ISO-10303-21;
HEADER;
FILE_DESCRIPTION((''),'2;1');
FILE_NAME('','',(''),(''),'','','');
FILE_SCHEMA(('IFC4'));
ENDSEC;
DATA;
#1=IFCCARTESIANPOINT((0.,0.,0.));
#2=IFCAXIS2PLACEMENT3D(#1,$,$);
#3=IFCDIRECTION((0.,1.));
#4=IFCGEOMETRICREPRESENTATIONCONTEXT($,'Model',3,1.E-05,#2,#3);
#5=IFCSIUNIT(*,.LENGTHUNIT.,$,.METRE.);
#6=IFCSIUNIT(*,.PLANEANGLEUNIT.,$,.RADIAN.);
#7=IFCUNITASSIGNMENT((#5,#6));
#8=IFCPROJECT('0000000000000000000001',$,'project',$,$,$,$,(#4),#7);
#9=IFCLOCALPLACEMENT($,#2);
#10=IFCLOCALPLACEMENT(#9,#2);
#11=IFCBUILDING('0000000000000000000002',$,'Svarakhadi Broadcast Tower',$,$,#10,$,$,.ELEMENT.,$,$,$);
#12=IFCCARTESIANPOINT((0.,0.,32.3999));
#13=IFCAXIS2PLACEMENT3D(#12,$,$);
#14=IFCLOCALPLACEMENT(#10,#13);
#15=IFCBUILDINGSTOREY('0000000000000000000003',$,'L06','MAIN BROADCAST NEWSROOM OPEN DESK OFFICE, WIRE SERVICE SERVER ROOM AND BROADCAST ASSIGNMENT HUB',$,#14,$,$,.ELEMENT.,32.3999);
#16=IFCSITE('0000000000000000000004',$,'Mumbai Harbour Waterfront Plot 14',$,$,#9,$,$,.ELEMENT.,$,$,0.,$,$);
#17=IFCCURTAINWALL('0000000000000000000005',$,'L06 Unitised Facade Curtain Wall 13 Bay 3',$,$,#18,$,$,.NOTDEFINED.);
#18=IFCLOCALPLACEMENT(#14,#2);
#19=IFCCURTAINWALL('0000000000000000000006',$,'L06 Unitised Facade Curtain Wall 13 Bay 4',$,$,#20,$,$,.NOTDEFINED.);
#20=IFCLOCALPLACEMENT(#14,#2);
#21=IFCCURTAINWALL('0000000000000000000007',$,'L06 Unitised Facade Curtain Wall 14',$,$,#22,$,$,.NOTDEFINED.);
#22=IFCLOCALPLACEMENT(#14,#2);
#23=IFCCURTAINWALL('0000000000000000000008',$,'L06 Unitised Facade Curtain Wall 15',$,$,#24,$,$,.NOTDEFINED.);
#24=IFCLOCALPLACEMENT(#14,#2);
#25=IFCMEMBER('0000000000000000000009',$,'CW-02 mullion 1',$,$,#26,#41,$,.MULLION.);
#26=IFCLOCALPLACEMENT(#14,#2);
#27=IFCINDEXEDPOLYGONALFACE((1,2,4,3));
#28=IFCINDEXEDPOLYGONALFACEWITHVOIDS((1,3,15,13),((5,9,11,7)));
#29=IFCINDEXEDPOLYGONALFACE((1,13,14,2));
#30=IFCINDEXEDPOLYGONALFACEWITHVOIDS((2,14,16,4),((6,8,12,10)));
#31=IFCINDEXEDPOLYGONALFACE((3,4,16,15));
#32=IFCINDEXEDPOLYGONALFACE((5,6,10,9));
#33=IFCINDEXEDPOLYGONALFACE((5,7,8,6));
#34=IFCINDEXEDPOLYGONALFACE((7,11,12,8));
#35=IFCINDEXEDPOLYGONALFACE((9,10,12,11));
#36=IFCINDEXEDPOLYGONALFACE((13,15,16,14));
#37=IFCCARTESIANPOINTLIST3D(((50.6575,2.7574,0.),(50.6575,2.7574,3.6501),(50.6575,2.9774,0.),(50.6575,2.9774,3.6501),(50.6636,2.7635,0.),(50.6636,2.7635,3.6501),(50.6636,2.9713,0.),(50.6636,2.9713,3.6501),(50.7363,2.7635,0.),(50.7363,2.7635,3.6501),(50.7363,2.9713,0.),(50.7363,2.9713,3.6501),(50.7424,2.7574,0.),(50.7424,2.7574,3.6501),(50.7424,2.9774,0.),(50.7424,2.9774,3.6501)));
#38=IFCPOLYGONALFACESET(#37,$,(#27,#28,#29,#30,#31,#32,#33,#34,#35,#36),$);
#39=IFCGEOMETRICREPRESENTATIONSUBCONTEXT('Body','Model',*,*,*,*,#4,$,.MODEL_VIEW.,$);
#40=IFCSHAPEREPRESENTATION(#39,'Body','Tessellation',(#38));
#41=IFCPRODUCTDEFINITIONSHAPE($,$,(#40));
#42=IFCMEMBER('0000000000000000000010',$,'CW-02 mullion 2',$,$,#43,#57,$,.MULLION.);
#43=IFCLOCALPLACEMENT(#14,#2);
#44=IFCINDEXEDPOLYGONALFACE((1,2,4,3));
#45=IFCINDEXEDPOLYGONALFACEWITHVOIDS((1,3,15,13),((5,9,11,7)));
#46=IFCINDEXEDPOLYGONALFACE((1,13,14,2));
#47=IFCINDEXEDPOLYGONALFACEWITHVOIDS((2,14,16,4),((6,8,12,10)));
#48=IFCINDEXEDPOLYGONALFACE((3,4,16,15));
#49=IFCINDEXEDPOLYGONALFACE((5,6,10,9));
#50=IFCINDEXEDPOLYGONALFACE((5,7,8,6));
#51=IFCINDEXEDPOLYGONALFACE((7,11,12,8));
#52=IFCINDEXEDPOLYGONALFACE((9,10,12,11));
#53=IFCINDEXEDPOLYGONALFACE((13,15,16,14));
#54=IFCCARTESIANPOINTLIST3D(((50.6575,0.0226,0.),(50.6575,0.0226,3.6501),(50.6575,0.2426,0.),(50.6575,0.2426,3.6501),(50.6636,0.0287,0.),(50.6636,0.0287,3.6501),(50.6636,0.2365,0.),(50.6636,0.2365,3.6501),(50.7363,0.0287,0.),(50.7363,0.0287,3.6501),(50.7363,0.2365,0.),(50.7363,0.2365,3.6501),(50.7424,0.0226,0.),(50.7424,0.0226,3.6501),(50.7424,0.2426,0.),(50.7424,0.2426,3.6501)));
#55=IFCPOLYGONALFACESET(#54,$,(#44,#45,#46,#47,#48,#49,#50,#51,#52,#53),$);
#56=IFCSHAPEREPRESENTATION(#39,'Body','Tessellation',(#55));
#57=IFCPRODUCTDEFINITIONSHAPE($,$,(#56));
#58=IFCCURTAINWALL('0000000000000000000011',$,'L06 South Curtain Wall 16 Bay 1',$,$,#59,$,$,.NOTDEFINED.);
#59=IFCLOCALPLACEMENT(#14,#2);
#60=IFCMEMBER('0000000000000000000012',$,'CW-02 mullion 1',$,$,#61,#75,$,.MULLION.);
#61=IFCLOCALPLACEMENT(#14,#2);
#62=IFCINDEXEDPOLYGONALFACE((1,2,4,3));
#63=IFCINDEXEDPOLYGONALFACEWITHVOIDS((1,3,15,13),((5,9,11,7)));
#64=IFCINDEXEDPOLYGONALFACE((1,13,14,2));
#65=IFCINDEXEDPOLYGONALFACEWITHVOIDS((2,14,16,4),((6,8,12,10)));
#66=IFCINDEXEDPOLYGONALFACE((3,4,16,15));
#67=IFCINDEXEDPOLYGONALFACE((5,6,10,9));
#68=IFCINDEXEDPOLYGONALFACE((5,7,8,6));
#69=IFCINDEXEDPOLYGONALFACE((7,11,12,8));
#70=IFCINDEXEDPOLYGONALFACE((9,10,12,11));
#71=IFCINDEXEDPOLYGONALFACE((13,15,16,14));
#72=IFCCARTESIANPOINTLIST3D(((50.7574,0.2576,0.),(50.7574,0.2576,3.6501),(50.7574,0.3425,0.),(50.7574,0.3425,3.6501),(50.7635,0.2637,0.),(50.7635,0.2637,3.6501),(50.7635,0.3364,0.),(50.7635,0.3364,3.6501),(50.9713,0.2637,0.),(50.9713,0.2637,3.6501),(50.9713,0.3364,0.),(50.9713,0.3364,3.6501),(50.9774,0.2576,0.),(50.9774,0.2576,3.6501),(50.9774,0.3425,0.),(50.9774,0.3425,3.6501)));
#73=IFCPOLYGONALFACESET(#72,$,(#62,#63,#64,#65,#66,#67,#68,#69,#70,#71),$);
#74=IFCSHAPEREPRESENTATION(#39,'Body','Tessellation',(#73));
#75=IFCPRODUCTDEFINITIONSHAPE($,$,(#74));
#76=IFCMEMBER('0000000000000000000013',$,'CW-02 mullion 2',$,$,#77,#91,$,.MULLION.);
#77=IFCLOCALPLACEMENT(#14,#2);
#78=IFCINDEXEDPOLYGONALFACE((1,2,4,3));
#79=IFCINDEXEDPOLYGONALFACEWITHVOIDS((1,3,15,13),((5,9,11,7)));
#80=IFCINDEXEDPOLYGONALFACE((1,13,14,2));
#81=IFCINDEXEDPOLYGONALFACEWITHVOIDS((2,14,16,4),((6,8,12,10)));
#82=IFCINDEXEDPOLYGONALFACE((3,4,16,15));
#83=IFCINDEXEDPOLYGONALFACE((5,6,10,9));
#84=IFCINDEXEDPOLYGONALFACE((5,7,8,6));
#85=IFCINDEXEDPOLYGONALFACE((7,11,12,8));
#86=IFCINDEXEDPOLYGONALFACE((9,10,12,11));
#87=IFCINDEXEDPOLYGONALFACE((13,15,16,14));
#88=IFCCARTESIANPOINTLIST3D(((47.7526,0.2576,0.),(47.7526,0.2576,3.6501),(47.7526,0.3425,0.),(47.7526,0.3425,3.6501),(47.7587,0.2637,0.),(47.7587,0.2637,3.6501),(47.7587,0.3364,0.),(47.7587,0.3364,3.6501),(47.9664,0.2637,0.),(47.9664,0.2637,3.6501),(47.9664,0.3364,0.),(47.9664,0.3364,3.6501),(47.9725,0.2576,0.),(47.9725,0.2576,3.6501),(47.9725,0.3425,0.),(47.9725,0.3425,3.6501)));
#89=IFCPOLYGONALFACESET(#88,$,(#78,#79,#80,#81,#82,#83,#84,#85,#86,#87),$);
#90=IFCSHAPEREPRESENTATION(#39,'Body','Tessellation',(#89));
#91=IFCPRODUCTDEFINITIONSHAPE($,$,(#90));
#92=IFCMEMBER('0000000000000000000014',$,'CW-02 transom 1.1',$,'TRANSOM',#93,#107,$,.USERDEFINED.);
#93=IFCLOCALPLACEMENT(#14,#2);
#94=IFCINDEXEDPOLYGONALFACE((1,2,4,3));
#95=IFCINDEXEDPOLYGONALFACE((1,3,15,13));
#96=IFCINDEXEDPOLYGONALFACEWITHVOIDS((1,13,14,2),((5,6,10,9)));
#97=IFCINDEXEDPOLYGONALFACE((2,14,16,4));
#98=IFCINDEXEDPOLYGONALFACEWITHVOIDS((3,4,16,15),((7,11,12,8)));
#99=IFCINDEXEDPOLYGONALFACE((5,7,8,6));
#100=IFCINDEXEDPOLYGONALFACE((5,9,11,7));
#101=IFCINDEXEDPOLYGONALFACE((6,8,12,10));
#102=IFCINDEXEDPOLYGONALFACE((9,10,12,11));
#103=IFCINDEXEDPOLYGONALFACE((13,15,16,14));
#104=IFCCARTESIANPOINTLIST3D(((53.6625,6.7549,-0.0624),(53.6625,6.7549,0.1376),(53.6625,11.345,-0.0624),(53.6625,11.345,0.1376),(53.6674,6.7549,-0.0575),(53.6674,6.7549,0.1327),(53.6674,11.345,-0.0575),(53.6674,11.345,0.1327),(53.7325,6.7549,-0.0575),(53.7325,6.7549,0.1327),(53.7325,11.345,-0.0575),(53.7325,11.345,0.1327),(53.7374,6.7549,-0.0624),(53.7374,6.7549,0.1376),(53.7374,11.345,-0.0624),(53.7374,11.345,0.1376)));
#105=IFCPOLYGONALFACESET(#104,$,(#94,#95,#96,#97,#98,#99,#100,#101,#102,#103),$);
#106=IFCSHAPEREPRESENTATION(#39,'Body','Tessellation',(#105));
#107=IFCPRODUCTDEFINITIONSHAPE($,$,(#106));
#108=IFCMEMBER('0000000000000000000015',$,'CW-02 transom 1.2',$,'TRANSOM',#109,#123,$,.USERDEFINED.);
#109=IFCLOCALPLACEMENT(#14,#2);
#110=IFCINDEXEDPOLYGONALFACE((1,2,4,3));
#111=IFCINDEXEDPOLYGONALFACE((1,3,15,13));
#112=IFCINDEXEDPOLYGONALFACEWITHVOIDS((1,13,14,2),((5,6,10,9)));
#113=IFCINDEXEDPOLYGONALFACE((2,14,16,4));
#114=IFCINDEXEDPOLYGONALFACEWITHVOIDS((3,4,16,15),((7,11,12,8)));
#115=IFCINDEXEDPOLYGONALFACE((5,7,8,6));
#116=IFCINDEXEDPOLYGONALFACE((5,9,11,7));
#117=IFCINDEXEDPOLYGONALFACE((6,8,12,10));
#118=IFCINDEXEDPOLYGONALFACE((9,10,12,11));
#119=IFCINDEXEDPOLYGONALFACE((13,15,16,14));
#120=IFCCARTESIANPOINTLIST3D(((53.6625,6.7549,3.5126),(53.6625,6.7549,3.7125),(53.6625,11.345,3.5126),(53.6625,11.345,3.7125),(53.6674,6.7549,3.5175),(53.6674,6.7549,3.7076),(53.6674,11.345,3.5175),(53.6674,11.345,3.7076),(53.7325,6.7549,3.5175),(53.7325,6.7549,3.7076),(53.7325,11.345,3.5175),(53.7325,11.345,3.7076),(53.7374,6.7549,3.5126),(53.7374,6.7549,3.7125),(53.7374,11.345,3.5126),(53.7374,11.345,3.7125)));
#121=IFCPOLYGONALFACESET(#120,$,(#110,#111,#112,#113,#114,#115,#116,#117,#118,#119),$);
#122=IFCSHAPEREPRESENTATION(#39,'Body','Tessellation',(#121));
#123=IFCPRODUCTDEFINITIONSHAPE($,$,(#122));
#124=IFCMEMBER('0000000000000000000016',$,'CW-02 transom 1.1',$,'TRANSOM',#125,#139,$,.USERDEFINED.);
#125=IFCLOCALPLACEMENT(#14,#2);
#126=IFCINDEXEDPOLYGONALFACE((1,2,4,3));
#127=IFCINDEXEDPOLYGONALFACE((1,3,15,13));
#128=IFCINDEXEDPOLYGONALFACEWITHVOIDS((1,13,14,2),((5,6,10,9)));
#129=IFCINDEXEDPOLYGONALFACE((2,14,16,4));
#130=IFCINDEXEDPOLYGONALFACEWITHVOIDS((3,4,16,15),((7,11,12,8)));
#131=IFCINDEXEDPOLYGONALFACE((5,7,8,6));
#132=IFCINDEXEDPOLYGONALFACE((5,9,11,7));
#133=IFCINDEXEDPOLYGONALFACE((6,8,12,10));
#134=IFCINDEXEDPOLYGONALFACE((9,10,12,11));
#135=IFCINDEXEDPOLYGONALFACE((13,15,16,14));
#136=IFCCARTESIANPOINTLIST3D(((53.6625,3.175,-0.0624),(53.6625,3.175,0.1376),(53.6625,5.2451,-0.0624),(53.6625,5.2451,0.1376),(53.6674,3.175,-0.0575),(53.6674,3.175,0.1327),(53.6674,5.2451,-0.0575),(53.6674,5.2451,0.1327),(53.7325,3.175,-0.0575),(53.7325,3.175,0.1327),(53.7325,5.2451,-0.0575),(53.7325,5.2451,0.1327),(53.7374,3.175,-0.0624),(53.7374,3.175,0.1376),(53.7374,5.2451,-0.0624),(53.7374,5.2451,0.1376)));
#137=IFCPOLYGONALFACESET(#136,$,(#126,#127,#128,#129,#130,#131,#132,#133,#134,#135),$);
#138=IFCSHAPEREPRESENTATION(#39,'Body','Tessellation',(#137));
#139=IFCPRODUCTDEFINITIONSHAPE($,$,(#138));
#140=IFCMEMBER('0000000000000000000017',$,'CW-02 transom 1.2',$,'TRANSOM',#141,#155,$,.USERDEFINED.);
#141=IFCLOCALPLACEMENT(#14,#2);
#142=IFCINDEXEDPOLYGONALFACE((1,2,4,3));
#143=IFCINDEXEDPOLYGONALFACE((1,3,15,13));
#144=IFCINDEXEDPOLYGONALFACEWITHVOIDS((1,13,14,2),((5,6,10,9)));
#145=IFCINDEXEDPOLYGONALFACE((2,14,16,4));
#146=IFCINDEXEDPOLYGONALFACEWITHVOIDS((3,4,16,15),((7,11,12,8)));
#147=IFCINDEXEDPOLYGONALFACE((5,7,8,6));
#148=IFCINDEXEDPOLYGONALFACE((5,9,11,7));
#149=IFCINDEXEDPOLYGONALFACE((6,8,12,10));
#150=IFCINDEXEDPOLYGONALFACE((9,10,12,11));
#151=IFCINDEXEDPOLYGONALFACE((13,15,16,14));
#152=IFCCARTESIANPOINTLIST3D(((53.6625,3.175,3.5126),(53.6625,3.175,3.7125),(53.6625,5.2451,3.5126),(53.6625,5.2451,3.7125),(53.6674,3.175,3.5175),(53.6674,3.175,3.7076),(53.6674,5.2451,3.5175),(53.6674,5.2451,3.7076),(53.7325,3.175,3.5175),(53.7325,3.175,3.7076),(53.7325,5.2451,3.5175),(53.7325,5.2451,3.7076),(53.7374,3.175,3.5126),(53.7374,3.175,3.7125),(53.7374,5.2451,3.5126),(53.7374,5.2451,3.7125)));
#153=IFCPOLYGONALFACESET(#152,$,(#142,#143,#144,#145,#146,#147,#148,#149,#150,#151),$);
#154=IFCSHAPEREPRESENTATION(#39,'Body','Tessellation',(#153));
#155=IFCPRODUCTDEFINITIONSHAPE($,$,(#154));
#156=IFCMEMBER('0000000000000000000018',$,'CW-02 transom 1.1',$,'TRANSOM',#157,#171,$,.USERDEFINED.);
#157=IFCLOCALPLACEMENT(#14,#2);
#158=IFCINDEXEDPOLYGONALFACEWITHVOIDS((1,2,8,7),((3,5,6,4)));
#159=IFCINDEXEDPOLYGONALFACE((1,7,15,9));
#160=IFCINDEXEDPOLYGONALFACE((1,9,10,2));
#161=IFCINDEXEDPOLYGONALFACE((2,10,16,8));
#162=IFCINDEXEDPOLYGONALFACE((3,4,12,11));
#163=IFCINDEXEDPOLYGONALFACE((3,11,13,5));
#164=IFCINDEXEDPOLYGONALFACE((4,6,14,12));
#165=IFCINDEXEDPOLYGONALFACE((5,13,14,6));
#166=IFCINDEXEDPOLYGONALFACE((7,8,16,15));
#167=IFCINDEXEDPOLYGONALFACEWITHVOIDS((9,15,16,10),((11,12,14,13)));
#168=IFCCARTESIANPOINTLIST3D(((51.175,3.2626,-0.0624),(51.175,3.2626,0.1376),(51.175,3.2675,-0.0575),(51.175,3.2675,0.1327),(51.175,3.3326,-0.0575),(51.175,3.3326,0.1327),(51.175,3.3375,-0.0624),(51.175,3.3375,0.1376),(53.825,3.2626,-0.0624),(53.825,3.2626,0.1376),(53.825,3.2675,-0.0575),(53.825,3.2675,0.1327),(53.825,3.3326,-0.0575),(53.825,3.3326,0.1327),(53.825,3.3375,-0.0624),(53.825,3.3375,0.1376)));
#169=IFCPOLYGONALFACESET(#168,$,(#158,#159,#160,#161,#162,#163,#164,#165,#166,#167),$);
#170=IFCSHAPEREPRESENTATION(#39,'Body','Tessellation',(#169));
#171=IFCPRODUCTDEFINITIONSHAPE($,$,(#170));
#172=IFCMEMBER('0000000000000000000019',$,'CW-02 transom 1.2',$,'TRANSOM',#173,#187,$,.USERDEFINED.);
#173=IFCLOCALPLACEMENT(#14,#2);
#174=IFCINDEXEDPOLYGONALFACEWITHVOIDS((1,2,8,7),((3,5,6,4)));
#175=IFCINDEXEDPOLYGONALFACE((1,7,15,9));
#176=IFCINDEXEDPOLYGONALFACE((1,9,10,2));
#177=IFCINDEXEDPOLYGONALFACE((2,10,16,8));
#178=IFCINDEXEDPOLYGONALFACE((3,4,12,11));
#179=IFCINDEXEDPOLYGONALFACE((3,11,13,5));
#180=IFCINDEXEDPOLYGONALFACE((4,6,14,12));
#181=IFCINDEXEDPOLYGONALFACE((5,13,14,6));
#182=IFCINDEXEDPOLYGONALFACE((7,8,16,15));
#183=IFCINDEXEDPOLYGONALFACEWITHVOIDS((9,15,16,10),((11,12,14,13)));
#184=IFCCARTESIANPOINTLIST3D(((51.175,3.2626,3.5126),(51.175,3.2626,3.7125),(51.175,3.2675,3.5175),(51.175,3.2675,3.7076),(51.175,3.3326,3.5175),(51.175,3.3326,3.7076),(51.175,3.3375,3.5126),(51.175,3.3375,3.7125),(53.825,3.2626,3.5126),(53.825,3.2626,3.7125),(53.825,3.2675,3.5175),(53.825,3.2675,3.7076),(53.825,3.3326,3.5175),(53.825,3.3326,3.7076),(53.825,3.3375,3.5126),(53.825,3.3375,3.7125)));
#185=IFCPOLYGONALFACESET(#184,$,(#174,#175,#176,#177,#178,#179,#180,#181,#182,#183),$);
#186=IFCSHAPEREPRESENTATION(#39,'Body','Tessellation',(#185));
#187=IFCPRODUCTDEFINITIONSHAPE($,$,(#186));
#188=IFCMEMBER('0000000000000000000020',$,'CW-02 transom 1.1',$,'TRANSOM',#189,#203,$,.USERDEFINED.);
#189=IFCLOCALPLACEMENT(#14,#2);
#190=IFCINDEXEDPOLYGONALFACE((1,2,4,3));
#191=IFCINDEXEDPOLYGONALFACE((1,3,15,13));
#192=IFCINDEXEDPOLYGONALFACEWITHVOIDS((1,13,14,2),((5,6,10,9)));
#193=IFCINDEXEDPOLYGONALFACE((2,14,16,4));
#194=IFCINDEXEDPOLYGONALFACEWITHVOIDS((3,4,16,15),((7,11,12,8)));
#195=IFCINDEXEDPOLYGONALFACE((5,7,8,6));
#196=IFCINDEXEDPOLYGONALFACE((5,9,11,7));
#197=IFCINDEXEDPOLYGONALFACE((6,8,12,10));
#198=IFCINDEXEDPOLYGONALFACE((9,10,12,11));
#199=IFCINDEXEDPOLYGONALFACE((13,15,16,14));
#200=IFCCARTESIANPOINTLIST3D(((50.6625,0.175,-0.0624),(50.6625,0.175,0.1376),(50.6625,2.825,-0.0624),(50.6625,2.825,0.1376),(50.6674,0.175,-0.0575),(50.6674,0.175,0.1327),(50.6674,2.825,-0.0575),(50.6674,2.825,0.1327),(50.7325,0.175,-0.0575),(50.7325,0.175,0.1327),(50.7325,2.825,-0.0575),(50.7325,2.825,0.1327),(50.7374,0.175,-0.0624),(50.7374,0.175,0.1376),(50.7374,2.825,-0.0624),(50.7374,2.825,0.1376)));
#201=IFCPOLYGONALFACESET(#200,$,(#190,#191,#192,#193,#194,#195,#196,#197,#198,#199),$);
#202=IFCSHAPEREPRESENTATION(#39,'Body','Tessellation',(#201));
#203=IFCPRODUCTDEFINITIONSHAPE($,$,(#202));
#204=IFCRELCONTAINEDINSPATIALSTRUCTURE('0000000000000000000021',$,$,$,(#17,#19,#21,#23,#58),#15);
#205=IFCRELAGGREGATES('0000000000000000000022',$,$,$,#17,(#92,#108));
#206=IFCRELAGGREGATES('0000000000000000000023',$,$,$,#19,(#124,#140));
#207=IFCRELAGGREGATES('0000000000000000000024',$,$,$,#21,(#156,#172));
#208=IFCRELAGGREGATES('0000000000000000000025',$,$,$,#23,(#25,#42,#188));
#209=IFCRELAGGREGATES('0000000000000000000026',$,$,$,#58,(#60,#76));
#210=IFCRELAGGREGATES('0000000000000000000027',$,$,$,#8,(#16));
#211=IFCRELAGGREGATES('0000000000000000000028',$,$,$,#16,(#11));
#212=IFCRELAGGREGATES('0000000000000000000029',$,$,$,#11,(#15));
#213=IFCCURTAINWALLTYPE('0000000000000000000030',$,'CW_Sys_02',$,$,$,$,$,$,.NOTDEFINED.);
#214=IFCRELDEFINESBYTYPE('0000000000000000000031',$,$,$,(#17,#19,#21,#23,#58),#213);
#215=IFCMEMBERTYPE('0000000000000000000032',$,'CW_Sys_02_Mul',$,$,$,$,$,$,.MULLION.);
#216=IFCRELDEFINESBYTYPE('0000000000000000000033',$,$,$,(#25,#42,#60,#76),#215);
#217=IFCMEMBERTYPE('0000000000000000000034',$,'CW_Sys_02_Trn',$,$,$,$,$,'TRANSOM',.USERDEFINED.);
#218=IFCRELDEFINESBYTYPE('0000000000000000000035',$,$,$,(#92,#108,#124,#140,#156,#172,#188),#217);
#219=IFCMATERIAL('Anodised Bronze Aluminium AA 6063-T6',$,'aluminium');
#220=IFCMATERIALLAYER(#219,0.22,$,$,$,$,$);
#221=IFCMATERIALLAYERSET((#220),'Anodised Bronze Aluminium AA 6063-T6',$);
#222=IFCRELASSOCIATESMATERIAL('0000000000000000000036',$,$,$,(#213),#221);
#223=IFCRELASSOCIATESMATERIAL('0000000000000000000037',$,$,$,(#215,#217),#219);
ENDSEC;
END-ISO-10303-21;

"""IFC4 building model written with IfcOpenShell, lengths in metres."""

from ifc_helpers import new_model, si_unit, direction, frame, origin, origin_2d, place, context, subcontext, project, spatial, hollow_rectangle, extrude, material, layer, layer_set, material_profile, profile_set, type_object, element, aggregate, save


model = new_model("IFC4")

# Units and contexts
model_context = context("Model", 3, precision=1e-05, world=origin(), true_north=direction((0.0, 1.0)))
body_context = subcontext(model_context, "Body", "Model", "MODEL_VIEW")
ifc_project = project(units=[si_unit("LENGTHUNIT", "METRE"), si_unit("PLANEANGLEUNIT", "RADIAN")], contexts=[model_context])

# Site, building, storey
site_placement = place(None, origin())
site = spatial("IfcSite", under=ifc_project, at=site_placement, Name="Mumbai Harbour Waterfront Plot 14", CompositionType="ELEMENT", RefElevation=0.0)
building_placement = place(site_placement, origin())
building = spatial("IfcBuilding", under=site, at=building_placement, Name="Svarakhadi Broadcast Tower", CompositionType="ELEMENT")
storey_placement = place(building_placement, frame((0.0, 0.0, 32.3999)))
storey = spatial("IfcBuildingStorey", under=building, at=storey_placement, Name="L06", Description="MAIN BROADCAST NEWSROOM OPEN DESK OFFICE, WIRE SERVICE SERVER ROOM AND BROADCAST ASSIGNMENT HUB", CompositionType="ELEMENT", Elevation=32.3999)

# Curtain walls, members
ifc_material_1 = material(Name="Anodised Bronze Aluminium AA 6063-T6", Category="aluminium")
ifc_layer_1 = layer(ifc_material_1, 0.22)
ifc_layer_set_1 = layer_set([ifc_layer_1], Name="Anodised Bronze Aluminium AA 6063-T6")
curtain_wall_type = type_object("IfcCurtainWallType", Name="CW_Sys_02", PredefinedType="NOTDEFINED", material=ifc_layer_set_1)
curtain_wall_1_placement = place(storey_placement, origin())
curtain_wall_1 = element("IfcCurtainWall", 1, at=curtain_wall_1_placement, inside=storey, type_object=curtain_wall_type, Name="L06 Unitised Facade Curtain Wall 13 Bay 3", PredefinedType="NOTDEFINED")
ifc_material_profile_1 = material_profile(ifc_material_1, hollow_rectangle(XDim=0.085, YDim=0.22, WallThickness=0.0061, at=origin_2d()), Name="ALU MULLION 220x85x6")
ifc_profile_set_1 = profile_set([ifc_material_profile_1], Name="Anodised Bronze Aluminium AA 6063-T6")
member_type_1 = type_object("IfcMemberType", Name="CW_Sys_02_Mul", PredefinedType="MULLION", material=ifc_profile_set_1)
curtain_wall_2_placement = place(storey_placement, origin())
curtain_wall_2 = element("IfcCurtainWall", 2, at=curtain_wall_2_placement, inside=storey, type_object=curtain_wall_type, Name="L06 Unitised Facade Curtain Wall 13 Bay 4", PredefinedType="NOTDEFINED")
curtain_wall_3_placement = place(storey_placement, origin())
curtain_wall_3 = element("IfcCurtainWall", 3, at=curtain_wall_3_placement, inside=storey, type_object=curtain_wall_type, Name="L06 Unitised Facade Curtain Wall 14", PredefinedType="NOTDEFINED")
curtain_wall_4_placement = place(storey_placement, origin())
curtain_wall_4 = element("IfcCurtainWall", 4, at=curtain_wall_4_placement, inside=storey, type_object=curtain_wall_type, Name="L06 Unitised Facade Curtain Wall 15", PredefinedType="NOTDEFINED")
member_1_placement = place(storey_placement, frame((50.7, 2.8674, 0.0), z_axis=(0.0, 0.0, 1.0), x_axis=(1.0, 0.0, 0.0)))
member_1 = element("IfcMember", 5, at=member_1_placement, type_object=member_type_1, Name="CW-02 mullion 1", PredefinedType="MULLION", context=body_context, shape_type="SweptSolid", body=[
    extrude(hollow_rectangle(XDim=0.085, YDim=0.22, WallThickness=0.0061, at=origin_2d()), origin(), (0.0, 0.0, 1.0), 3.6501),
])
member_2_placement = place(storey_placement, frame((50.7, 0.1326, 0.0), z_axis=(0.0, 0.0, 1.0), x_axis=(1.0, 0.0, 0.0)))
member_2 = element("IfcMember", 6, at=member_2_placement, type_object=member_type_1, Name="CW-02 mullion 2", PredefinedType="MULLION", context=body_context, shape_type="SweptSolid", body=[
    extrude(hollow_rectangle(XDim=0.085, YDim=0.22, WallThickness=0.0061, at=origin_2d()), origin(), (0.0, 0.0, 1.0), 3.6501),
])
curtain_wall_5_placement = place(storey_placement, origin())
curtain_wall_5 = element("IfcCurtainWall", 7, at=curtain_wall_5_placement, inside=storey, type_object=curtain_wall_type, Name="L06 South Curtain Wall 16 Bay 1", PredefinedType="NOTDEFINED")
member_3_placement = place(storey_placement, frame((50.8674, 0.3, 0.0), z_axis=(0.0, 0.0, 1.0), x_axis=(0.0, -1.0, 0.0)))
member_3 = element("IfcMember", 8, at=member_3_placement, type_object=member_type_1, Name="CW-02 mullion 1", PredefinedType="MULLION", context=body_context, shape_type="SweptSolid", body=[
    extrude(hollow_rectangle(XDim=0.085, YDim=0.22, WallThickness=0.0061, at=origin_2d()), origin(), (0.0, 0.0, 1.0), 3.6501),
])
member_4_placement = place(storey_placement, frame((47.8625, 0.3, 0.0), z_axis=(0.0, 0.0, 1.0), x_axis=(0.0, -1.0, 0.0)))
member_4 = element("IfcMember", 9, at=member_4_placement, type_object=member_type_1, Name="CW-02 mullion 2", PredefinedType="MULLION", context=body_context, shape_type="SweptSolid", body=[
    extrude(hollow_rectangle(XDim=0.085, YDim=0.22, WallThickness=0.0061, at=origin_2d()), origin(), (0.0, 0.0, 1.0), 3.6501),
])

# Members
ifc_material_profile_2 = material_profile(ifc_material_1, hollow_rectangle(XDim=0.075, YDim=0.2, WallThickness=0.0049, at=origin_2d()), Name="ALU TRANSOM 200x75x5")
ifc_profile_set_2 = profile_set([ifc_material_profile_2], Name="Anodised Bronze Aluminium AA 6063-T6")
member_type_2 = type_object("IfcMemberType", Name="CW_Sys_02_Trn", ElementType="TRANSOM", PredefinedType="USERDEFINED", material=ifc_profile_set_2)
member_5_placement = place(storey_placement, frame((53.7, 11.345, 0.0376), z_axis=(0.0, -1.0, 0.0), x_axis=(1.0, 0.0, 0.0)))
member_5 = element("IfcMember", 10, at=member_5_placement, type_object=member_type_2, Name="CW-02 transom 1.1", ObjectType="TRANSOM", PredefinedType="USERDEFINED", context=body_context, shape_type="SweptSolid", body=[
    extrude(hollow_rectangle(XDim=0.075, YDim=0.2, WallThickness=0.0049, at=origin_2d()), origin(), (0.0, 0.0, 1.0), 4.5901),
])
member_6_placement = place(storey_placement, frame((53.7, 11.345, 3.6125), z_axis=(0.0, -1.0, 0.0), x_axis=(1.0, 0.0, 0.0)))
member_6 = element("IfcMember", 11, at=member_6_placement, type_object=member_type_2, Name="CW-02 transom 1.2", ObjectType="TRANSOM", PredefinedType="USERDEFINED", context=body_context, shape_type="SweptSolid", body=[
    extrude(hollow_rectangle(XDim=0.075, YDim=0.2, WallThickness=0.0049, at=origin_2d()), origin(), (0.0, 0.0, 1.0), 4.5901),
])
member_7_placement = place(storey_placement, frame((53.7, 5.2451, 0.0376), z_axis=(0.0, -1.0, 0.0), x_axis=(1.0, 0.0, 0.0)))
member_7 = element("IfcMember", 12, at=member_7_placement, type_object=member_type_2, Name="CW-02 transom 1.1", ObjectType="TRANSOM", PredefinedType="USERDEFINED", context=body_context, shape_type="SweptSolid", body=[
    extrude(hollow_rectangle(XDim=0.075, YDim=0.2, WallThickness=0.0049, at=origin_2d()), origin(), (0.0, 0.0, 1.0), 2.0701),
])
member_8_placement = place(storey_placement, frame((53.7, 5.2451, 3.6125), z_axis=(0.0, -1.0, 0.0), x_axis=(1.0, 0.0, 0.0)))
member_8 = element("IfcMember", 13, at=member_8_placement, type_object=member_type_2, Name="CW-02 transom 1.2", ObjectType="TRANSOM", PredefinedType="USERDEFINED", context=body_context, shape_type="SweptSolid", body=[
    extrude(hollow_rectangle(XDim=0.075, YDim=0.2, WallThickness=0.0049, at=origin_2d()), origin(), (0.0, 0.0, 1.0), 2.0701),
])
member_9_placement = place(storey_placement, frame((53.825, 3.3, 0.0376), z_axis=(-1.0, 0.0, 0.0), x_axis=(0.0, -1.0, 0.0)))
member_9 = element("IfcMember", 14, at=member_9_placement, type_object=member_type_2, Name="CW-02 transom 1.1", ObjectType="TRANSOM", PredefinedType="USERDEFINED", context=body_context, shape_type="SweptSolid", body=[
    extrude(hollow_rectangle(XDim=0.075, YDim=0.2, WallThickness=0.0049, at=origin_2d()), origin(), (0.0, 0.0, 1.0), 2.6499),
])
member_10_placement = place(storey_placement, frame((53.825, 3.3, 3.6125), z_axis=(-1.0, 0.0, 0.0), x_axis=(0.0, -1.0, 0.0)))
member_10 = element("IfcMember", 15, at=member_10_placement, type_object=member_type_2, Name="CW-02 transom 1.2", ObjectType="TRANSOM", PredefinedType="USERDEFINED", context=body_context, shape_type="SweptSolid", body=[
    extrude(hollow_rectangle(XDim=0.075, YDim=0.2, WallThickness=0.0049, at=origin_2d()), origin(), (0.0, 0.0, 1.0), 2.6499),
])
member_11_placement = place(storey_placement, frame((50.7, 2.825, 0.0376), z_axis=(0.0, -1.0, 0.0), x_axis=(1.0, 0.0, 0.0)))
member_11 = element("IfcMember", 16, at=member_11_placement, type_object=member_type_2, Name="CW-02 transom 1.1", ObjectType="TRANSOM", PredefinedType="USERDEFINED", context=body_context, shape_type="SweptSolid", body=[
    extrude(hollow_rectangle(XDim=0.075, YDim=0.2, WallThickness=0.0049, at=origin_2d()), origin(), (0.0, 0.0, 1.0), 2.6499),
])

aggregate(curtain_wall_1, [member_5, member_6])
aggregate(curtain_wall_2, [member_7, member_8])
aggregate(curtain_wall_3, [member_9, member_10])
aggregate(curtain_wall_4, [member_1, member_2, member_11])
aggregate(curtain_wall_5, [member_3, member_4])

save(model, "model.ifc")
